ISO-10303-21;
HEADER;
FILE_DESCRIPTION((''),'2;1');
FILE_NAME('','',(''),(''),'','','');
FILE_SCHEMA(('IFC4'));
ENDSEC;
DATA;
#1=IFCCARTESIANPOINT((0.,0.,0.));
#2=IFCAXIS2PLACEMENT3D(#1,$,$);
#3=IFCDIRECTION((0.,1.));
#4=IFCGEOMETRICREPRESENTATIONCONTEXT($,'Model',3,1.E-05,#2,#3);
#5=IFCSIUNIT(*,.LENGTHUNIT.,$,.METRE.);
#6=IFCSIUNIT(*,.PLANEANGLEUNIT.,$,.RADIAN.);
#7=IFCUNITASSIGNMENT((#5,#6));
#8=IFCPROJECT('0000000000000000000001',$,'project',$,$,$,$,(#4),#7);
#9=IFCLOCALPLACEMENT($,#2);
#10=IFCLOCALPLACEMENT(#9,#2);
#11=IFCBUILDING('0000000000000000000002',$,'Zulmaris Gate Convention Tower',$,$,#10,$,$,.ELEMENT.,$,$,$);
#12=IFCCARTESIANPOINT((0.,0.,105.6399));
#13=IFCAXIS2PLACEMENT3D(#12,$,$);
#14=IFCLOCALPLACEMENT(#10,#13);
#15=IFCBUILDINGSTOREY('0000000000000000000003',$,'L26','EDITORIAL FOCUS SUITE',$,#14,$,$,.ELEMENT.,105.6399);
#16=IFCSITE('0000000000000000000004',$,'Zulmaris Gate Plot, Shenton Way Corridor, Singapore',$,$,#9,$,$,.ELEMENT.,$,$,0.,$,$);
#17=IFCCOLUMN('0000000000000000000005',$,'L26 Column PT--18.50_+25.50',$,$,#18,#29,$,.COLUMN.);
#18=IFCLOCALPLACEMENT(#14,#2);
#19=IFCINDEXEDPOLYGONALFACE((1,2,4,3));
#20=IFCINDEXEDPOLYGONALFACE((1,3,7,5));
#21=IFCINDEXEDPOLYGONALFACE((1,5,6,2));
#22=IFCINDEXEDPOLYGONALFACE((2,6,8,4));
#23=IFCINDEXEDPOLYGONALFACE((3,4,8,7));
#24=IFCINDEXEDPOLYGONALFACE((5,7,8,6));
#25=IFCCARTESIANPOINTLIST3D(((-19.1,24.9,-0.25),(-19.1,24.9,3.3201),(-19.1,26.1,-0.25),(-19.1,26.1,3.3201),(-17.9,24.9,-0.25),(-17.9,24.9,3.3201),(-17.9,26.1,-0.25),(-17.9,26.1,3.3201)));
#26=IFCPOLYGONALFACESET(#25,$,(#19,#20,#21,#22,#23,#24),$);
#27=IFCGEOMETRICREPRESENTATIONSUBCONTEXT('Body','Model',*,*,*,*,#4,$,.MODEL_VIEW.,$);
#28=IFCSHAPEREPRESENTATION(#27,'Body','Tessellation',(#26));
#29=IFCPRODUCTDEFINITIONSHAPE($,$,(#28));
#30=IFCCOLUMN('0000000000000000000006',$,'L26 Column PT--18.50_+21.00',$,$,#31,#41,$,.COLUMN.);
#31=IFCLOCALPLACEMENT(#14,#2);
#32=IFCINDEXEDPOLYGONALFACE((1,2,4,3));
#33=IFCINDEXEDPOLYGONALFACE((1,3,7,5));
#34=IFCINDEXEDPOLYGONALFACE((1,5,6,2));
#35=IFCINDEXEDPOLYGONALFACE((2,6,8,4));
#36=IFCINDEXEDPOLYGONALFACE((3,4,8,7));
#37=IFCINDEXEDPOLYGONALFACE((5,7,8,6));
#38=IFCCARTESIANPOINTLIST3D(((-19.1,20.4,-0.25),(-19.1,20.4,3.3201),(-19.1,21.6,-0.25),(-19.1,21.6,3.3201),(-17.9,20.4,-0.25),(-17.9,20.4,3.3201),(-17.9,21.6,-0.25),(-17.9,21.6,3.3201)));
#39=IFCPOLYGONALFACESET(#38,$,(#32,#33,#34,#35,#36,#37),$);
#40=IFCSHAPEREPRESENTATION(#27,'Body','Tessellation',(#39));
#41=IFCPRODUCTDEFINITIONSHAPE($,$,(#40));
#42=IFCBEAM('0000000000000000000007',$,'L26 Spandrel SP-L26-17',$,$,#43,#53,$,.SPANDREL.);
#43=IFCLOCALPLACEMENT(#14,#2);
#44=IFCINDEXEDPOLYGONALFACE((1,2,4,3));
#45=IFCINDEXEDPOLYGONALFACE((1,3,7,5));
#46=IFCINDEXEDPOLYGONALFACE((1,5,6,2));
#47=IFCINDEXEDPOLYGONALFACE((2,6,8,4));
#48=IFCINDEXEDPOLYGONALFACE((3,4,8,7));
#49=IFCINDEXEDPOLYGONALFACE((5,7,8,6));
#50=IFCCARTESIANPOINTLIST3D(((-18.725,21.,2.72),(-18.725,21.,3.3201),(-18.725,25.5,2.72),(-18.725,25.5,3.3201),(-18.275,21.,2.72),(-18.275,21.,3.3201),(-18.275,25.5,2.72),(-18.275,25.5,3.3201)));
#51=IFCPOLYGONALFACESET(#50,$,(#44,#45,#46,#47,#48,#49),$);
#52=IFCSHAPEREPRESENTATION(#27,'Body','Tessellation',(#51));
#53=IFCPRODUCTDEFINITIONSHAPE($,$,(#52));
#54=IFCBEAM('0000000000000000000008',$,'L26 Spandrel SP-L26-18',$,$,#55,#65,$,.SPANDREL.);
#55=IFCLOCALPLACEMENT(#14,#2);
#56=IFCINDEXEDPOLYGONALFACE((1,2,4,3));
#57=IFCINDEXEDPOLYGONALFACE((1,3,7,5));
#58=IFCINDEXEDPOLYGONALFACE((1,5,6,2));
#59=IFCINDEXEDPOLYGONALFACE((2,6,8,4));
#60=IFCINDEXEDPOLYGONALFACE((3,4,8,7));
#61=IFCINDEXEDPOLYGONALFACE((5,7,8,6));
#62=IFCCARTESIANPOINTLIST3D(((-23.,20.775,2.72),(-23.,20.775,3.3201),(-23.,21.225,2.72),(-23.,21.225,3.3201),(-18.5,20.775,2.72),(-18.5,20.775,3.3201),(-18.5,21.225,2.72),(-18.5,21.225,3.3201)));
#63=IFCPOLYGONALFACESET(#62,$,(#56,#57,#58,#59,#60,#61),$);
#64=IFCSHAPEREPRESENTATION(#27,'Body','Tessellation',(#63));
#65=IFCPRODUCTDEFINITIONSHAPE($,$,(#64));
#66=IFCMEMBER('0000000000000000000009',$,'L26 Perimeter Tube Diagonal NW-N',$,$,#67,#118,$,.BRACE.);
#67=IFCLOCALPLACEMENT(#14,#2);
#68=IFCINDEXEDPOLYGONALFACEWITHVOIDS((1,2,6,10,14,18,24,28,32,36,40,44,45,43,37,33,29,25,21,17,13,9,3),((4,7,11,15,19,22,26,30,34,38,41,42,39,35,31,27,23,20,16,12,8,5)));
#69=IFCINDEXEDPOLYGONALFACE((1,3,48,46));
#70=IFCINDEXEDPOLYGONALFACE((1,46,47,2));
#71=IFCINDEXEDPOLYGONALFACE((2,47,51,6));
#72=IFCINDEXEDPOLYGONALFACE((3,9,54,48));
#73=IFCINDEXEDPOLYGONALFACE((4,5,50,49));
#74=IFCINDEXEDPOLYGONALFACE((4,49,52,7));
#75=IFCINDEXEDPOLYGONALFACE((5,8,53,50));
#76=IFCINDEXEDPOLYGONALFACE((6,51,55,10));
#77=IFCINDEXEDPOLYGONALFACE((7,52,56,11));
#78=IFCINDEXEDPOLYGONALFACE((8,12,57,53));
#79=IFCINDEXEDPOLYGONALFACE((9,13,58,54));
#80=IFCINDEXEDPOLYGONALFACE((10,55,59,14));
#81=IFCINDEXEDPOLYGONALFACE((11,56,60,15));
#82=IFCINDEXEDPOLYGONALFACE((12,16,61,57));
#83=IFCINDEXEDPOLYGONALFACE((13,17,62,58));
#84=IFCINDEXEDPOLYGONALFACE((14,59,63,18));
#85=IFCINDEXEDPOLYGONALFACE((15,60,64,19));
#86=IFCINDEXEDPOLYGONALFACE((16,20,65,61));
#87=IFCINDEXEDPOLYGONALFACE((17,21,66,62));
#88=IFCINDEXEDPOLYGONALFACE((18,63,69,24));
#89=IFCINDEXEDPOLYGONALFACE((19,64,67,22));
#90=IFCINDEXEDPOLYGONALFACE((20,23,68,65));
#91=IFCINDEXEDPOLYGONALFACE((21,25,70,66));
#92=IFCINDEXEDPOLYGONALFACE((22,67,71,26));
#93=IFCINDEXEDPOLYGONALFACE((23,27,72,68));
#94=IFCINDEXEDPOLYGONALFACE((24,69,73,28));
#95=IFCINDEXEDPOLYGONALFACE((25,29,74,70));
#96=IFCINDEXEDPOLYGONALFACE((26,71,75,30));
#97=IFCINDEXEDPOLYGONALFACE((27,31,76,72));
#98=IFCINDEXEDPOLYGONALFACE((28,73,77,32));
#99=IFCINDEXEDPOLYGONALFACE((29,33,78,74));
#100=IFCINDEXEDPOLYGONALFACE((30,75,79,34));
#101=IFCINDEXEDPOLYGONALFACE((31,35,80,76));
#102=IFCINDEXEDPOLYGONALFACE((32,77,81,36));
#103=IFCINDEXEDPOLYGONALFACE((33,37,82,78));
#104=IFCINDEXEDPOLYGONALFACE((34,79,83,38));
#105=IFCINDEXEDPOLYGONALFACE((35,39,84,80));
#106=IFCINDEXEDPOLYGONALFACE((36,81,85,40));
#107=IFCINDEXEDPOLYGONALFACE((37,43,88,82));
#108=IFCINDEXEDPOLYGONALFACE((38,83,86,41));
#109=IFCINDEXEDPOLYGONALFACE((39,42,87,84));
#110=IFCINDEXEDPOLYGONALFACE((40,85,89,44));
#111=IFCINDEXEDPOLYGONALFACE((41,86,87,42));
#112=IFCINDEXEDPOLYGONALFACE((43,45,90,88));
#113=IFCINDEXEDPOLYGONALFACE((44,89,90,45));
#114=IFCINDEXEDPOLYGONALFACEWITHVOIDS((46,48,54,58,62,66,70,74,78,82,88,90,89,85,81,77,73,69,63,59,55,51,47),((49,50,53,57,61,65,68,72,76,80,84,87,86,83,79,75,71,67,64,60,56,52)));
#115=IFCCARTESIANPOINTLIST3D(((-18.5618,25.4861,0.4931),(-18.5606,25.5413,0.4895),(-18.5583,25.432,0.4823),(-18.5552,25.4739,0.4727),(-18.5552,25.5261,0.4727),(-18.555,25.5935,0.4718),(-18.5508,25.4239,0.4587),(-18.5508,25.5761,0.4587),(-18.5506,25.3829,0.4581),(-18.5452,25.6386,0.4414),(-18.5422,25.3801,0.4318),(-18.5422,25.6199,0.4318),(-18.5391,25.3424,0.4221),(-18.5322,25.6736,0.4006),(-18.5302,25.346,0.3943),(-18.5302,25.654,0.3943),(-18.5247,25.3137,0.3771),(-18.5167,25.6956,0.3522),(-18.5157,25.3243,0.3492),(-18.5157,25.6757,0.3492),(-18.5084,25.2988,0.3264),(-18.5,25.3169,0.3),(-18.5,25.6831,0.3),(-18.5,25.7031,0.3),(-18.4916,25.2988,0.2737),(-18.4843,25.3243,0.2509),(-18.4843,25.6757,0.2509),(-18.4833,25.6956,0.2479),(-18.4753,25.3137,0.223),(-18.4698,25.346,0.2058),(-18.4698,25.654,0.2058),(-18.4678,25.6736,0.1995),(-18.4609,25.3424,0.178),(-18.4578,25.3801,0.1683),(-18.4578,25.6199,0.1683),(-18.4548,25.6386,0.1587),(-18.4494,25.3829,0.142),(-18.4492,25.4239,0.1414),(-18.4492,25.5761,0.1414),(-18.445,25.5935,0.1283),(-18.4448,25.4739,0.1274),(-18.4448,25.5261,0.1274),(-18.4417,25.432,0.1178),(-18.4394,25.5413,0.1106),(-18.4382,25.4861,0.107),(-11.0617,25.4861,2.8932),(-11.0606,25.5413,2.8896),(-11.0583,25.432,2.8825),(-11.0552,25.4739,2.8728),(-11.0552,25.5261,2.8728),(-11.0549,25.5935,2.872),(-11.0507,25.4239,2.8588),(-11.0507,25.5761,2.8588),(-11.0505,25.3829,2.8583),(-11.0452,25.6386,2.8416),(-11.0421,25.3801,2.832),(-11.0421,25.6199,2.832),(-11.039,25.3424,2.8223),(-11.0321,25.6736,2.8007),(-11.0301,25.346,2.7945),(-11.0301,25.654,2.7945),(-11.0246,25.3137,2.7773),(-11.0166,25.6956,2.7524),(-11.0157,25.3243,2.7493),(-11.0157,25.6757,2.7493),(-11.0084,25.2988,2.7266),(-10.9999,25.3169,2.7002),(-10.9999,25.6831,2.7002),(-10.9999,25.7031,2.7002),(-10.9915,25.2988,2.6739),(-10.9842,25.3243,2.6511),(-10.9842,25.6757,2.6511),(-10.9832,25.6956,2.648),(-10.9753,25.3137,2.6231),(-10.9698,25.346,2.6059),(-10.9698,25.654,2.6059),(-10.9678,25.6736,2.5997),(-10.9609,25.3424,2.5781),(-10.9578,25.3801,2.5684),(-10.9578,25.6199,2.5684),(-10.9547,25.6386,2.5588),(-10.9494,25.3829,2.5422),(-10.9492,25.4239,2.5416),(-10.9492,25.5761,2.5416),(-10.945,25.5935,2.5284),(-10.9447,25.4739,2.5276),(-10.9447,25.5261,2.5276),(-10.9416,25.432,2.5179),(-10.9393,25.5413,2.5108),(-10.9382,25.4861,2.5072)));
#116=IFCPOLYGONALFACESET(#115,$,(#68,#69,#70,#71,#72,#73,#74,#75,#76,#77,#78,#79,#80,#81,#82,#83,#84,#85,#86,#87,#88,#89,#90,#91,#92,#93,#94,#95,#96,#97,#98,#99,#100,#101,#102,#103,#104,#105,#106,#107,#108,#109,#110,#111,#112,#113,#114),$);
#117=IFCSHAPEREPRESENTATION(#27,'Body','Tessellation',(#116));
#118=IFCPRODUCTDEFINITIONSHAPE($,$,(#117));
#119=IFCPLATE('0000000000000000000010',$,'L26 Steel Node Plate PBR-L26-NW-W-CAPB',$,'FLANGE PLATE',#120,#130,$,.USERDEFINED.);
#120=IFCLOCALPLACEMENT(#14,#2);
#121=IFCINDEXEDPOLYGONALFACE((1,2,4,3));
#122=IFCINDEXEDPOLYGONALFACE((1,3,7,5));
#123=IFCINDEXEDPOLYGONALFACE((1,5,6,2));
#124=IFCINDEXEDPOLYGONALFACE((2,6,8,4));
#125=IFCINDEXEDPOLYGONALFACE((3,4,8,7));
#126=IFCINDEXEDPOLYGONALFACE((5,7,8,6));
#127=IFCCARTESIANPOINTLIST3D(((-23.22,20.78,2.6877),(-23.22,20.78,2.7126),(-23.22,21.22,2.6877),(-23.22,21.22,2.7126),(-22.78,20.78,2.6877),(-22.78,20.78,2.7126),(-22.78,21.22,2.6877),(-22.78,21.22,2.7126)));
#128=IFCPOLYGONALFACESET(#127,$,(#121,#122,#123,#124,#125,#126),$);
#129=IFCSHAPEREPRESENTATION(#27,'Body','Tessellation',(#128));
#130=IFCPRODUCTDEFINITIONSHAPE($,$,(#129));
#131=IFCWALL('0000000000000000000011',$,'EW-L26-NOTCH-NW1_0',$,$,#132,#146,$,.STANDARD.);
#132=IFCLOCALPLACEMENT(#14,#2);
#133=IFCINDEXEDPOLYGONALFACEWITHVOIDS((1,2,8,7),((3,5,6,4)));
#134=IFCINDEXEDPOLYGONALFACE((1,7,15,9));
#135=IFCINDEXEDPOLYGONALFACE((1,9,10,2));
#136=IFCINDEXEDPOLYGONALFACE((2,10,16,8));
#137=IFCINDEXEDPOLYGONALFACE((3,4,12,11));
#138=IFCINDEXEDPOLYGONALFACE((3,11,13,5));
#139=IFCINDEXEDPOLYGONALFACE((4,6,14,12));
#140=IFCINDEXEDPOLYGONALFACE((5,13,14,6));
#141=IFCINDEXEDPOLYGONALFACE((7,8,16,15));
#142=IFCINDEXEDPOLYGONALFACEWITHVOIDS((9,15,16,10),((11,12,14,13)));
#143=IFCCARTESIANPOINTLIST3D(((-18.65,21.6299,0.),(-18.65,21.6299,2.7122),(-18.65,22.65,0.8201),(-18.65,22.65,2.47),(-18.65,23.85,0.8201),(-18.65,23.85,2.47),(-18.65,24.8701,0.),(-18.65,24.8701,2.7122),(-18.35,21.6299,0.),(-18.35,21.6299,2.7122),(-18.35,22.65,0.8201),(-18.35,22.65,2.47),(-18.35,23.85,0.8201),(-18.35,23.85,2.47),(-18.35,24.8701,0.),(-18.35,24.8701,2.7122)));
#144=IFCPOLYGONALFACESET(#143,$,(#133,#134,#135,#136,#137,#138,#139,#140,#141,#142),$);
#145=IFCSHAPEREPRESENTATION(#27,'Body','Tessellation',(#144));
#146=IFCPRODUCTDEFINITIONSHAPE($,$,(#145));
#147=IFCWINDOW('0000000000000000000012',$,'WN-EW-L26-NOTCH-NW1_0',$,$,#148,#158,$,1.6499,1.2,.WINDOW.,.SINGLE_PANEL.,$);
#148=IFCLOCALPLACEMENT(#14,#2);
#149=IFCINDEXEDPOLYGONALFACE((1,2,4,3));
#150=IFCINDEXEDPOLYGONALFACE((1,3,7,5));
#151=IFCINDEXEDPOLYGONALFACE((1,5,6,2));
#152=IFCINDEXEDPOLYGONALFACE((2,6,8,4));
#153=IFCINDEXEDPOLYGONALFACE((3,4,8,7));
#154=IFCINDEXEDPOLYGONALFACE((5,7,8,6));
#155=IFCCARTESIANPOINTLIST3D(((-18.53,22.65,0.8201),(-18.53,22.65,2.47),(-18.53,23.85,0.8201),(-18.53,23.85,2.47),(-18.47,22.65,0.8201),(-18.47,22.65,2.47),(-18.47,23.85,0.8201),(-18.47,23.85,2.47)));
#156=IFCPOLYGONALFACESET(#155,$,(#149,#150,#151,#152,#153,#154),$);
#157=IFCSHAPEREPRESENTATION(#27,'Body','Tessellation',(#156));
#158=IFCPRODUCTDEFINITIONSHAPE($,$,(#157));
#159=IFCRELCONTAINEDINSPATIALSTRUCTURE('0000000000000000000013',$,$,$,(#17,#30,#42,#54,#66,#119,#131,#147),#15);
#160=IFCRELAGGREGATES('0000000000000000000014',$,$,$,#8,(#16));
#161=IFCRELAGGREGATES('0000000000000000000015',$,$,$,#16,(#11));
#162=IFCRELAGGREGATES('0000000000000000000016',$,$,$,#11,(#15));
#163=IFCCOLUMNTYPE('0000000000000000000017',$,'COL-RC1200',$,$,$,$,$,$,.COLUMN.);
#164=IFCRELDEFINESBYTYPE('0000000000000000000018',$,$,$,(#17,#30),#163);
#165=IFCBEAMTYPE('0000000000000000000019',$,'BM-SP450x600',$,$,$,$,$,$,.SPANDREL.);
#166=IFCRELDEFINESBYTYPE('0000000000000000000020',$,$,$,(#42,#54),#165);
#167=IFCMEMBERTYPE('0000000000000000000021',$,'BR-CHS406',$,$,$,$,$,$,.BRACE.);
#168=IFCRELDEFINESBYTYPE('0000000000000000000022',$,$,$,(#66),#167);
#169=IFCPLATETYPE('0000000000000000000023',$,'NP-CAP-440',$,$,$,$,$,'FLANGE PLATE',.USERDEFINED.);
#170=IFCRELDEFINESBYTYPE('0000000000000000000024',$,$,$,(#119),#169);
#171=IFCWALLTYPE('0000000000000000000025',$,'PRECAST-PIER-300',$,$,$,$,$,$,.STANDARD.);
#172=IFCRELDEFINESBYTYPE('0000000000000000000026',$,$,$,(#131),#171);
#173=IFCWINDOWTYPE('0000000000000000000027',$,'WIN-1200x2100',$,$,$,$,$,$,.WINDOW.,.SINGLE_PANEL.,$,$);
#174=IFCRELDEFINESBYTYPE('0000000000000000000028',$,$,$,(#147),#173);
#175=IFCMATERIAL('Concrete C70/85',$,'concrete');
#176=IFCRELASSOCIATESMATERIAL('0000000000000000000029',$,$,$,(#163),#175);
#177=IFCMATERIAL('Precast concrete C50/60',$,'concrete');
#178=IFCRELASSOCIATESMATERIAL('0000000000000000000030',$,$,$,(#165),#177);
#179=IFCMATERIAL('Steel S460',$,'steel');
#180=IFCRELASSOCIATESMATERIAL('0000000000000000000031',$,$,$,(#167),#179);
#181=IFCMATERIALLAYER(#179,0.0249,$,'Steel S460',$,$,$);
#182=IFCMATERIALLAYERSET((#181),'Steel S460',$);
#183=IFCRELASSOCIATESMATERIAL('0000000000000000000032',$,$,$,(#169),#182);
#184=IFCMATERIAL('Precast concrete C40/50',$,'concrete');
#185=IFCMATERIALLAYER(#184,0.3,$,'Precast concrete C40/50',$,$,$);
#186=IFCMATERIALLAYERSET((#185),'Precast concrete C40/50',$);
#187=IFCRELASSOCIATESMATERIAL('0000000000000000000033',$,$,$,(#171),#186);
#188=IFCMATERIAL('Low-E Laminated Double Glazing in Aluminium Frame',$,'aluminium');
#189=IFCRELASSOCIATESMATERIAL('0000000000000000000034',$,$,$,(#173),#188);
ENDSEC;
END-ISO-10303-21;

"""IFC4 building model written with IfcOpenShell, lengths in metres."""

from ifc_helpers import new_model, si_unit, direction, frame, frame_2d, origin, origin_2d, place, context, subcontext, project, spatial, rectangle, hollow_circle, extrude, material, layer, layer_set, material_profile, profile_set, type_object, element, fill, save


model = new_model("IFC4")

# Units and contexts
model_context = context("Model", 3, precision=1e-05, world=origin(), true_north=direction((0.0, 1.0)))
body_context = subcontext(model_context, "Body", "Model", "MODEL_VIEW")
ifc_project = project(units=[si_unit("LENGTHUNIT", "METRE"), si_unit("PLANEANGLEUNIT", "RADIAN")], contexts=[model_context])

# Site, building, storey
site_placement = place(None, origin())
site = spatial("IfcSite", under=ifc_project, at=site_placement, Name="Zulmaris Gate Plot, Shenton Way Corridor, Singapore", CompositionType="ELEMENT", RefElevation=0.0)
building_placement = place(site_placement, origin())
building = spatial("IfcBuilding", under=site, at=building_placement, Name="Zulmaris Gate Convention Tower", CompositionType="ELEMENT")
storey_placement = place(building_placement, frame((0.0, 0.0, 105.6399)))
storey = spatial("IfcBuildingStorey", under=building, at=storey_placement, Name="L26", Description="EDITORIAL FOCUS SUITE", CompositionType="ELEMENT", Elevation=105.6399)

# Columns
ifc_material_1 = material(Name="Concrete C70/85", Category="concrete")
ifc_material_profile_1 = material_profile(ifc_material_1, rectangle(XDim=1.2, YDim=1.2, at=origin_2d()), Name="RC COL 1200x1200")
ifc_profile_set_1 = profile_set([ifc_material_profile_1], Name="Concrete C70/85")
column_type = type_object("IfcColumnType", Name="COL-RC1200", PredefinedType="COLUMN", material=ifc_profile_set_1)
for number, where, z_axis, x_axis, name in (
    (1, (-18.5, 25.5, -0.25), (0.0, 0.0, 1.0), (1.0, 0.0, 0.0), "L26 Column PT--18.50_+25.50"),
    (2, (-18.5, 21.0, -0.25), (0.0, 0.0, 1.0), (1.0, 0.0, 0.0), "L26 Column PT--18.50_+21.00"),
):
    element("IfcColumn", number, at=place(storey_placement, frame(where, z_axis=z_axis, x_axis=x_axis)), inside=storey, type_object=column_type, Name=name, PredefinedType="COLUMN", context=body_context, shape_type="SweptSolid", body=[
        extrude(rectangle(XDim=1.2, YDim=1.2, at=origin_2d()), origin(), (0.0, 0.0, 1.0), 3.5701),
    ])

# Beams
ifc_material_2 = material(Name="Precast concrete C50/60", Category="concrete")
ifc_material_profile_2 = material_profile(ifc_material_2, rectangle(XDim=0.45, YDim=0.6001, at=origin_2d()), Name="RC SPANDREL 450x600")
ifc_profile_set_2 = profile_set([ifc_material_profile_2], Name="Precast concrete C50/60")
beam_type = type_object("IfcBeamType", Name="BM-SP450x600", PredefinedType="SPANDREL", material=ifc_profile_set_2)
for number, where, z_axis, x_axis, name in (
    (3, (-18.5, 25.5, 3.02), (0.0, -1.0, 0.0), (1.0, 0.0, 0.0), "L26 Spandrel SP-L26-17"),
    (4, (-18.5, 21.0, 3.02), (-1.0, 0.0, 0.0), (0.0, -1.0, 0.0), "L26 Spandrel SP-L26-18"),
):
    element("IfcBeam", number, at=place(storey_placement, frame(where, z_axis=z_axis, x_axis=x_axis)), inside=storey, type_object=beam_type, Name=name, PredefinedType="SPANDREL", context=body_context, shape_type="SweptSolid", body=[
        extrude(rectangle(XDim=0.45, YDim=0.6001, at=origin_2d()), origin(), (0.0, 0.0, 1.0), 4.5),
    ])

# Member
ifc_material_3 = material(Name="Steel S460", Category="steel")
ifc_material_profile_3 = material_profile(ifc_material_3, hollow_circle(Radius=0.2031, WallThickness=0.02, at=origin_2d()), Name="CHS 406.4x20")
ifc_profile_set_3 = profile_set([ifc_material_profile_3], Name="Steel S460")
member_type = type_object("IfcMemberType", Name="BR-CHS406", PredefinedType="BRACE", material=ifc_profile_set_3)
member_placement = place(storey_placement, frame((-18.5, 25.5, 0.3), z_axis=(0.952419, 0.0, 0.304793), x_axis=(0.0, 1.0, 0.0)))
element("IfcMember", 5, at=member_placement, inside=storey, type_object=member_type, Name="L26 Perimeter Tube Diagonal NW-N", PredefinedType="BRACE", context=body_context, shape_type="SweptSolid", body=[
    extrude(hollow_circle(Radius=0.2031, WallThickness=0.02, at=origin_2d()), origin(), (0.0, 0.0, 1.0), 7.8748),
])

# Plate
ifc_layer_1 = layer(ifc_material_3, 0.0249, Name="Steel S460")
ifc_layer_set_1 = layer_set([ifc_layer_1], Name="Steel S460")
plate_type = type_object("IfcPlateType", Name="NP-CAP-440", ElementType="FLANGE PLATE", PredefinedType="USERDEFINED", material=ifc_layer_set_1)
plate_placement = place(storey_placement, frame((-23.0, 21.0, 2.6877), z_axis=(0.0, 0.0, 1.0), x_axis=(1.0, 0.0, 0.0)))
element("IfcPlate", 6, at=plate_placement, inside=storey, type_object=plate_type, Name="L26 Steel Node Plate PBR-L26-NW-W-CAPB", ObjectType="FLANGE PLATE", PredefinedType="USERDEFINED", context=body_context, shape_type="SweptSolid", body=[
    extrude(rectangle(XDim=0.4399, YDim=0.4399, at=origin_2d()), origin(), (0.0, 0.0, 1.0), 0.0249),
])

# Wall, opening, window
ifc_material_4 = material(Name="Precast concrete C40/50", Category="concrete")
ifc_layer_2 = layer(ifc_material_4, 0.3, Name="Precast concrete C40/50")
ifc_layer_set_2 = layer_set([ifc_layer_2], Name="Precast concrete C40/50")
wall_type = type_object("IfcWallType", Name="PRECAST-PIER-300", PredefinedType="STANDARD", material=ifc_layer_set_2)
wall_1_placement = place(storey_placement, frame((-18.5, 24.8701, 0.0), z_axis=(0.0, 0.0, 1.0), x_axis=(0.0, -1.0, 0.0)))
wall_1 = element("IfcWall", 7, at=wall_1_placement, inside=storey, type_object=wall_type, Name="EW-L26-NOTCH-NW1_0", PredefinedType="STANDARD", context=body_context, shape_type="SweptSolid", body=[
    extrude(rectangle(XDim=3.2402, YDim=0.3, at=frame_2d((1.6201, 0.0))), origin(), (0.0, 0.0, 1.0), 2.7122),
])
opening_1_placement = place(wall_1_placement, frame((1.02, 0.0, 0.8201)))
opening_1 = element("IfcOpeningElement", 8, at=opening_1_placement, cuts=wall_1, PredefinedType="OPENING", context=body_context, shape_type="SweptSolid", body=[
    extrude(rectangle(XDim=1.2, YDim=1.6499, at=frame_2d((0.6001, 0.825))), frame((0.0, 0.1602, 0.0), z_axis=(0.0, -1.0, 0.0), x_axis=(1.0, 0.0, 0.0)), (0.0, 0.0, 1.0), 0.3201),
])
ifc_material_5 = material(Name="Low-E Laminated Double Glazing in Aluminium Frame", Category="aluminium")
window_type = type_object("IfcWindowType", Name="WIN-1200x2100", PartitioningType="SINGLE_PANEL", PredefinedType="WINDOW", material=ifc_material_5)
window_1_placement = place(opening_1_placement, origin())
window_1 = element("IfcWindow", 9, at=window_1_placement, inside=storey, type_object=window_type, Name="WN-EW-L26-NOTCH-NW1_0", OverallHeight=1.6499, OverallWidth=1.2, PartitioningType="SINGLE_PANEL", PredefinedType="WINDOW", context=body_context, shape_type="SweptSolid", body=[
    extrude(rectangle(XDim=1.2, YDim=1.6499, at=frame_2d((0.6001, 0.825))), frame((0.0, 0.03, 0.0), z_axis=(0.0, -1.0, 0.0), x_axis=(1.0, 0.0, 0.0)), (0.0, 0.0, 1.0), 0.0601),
])
fill(opening_1, window_1)

save(model, "model.ifc")
